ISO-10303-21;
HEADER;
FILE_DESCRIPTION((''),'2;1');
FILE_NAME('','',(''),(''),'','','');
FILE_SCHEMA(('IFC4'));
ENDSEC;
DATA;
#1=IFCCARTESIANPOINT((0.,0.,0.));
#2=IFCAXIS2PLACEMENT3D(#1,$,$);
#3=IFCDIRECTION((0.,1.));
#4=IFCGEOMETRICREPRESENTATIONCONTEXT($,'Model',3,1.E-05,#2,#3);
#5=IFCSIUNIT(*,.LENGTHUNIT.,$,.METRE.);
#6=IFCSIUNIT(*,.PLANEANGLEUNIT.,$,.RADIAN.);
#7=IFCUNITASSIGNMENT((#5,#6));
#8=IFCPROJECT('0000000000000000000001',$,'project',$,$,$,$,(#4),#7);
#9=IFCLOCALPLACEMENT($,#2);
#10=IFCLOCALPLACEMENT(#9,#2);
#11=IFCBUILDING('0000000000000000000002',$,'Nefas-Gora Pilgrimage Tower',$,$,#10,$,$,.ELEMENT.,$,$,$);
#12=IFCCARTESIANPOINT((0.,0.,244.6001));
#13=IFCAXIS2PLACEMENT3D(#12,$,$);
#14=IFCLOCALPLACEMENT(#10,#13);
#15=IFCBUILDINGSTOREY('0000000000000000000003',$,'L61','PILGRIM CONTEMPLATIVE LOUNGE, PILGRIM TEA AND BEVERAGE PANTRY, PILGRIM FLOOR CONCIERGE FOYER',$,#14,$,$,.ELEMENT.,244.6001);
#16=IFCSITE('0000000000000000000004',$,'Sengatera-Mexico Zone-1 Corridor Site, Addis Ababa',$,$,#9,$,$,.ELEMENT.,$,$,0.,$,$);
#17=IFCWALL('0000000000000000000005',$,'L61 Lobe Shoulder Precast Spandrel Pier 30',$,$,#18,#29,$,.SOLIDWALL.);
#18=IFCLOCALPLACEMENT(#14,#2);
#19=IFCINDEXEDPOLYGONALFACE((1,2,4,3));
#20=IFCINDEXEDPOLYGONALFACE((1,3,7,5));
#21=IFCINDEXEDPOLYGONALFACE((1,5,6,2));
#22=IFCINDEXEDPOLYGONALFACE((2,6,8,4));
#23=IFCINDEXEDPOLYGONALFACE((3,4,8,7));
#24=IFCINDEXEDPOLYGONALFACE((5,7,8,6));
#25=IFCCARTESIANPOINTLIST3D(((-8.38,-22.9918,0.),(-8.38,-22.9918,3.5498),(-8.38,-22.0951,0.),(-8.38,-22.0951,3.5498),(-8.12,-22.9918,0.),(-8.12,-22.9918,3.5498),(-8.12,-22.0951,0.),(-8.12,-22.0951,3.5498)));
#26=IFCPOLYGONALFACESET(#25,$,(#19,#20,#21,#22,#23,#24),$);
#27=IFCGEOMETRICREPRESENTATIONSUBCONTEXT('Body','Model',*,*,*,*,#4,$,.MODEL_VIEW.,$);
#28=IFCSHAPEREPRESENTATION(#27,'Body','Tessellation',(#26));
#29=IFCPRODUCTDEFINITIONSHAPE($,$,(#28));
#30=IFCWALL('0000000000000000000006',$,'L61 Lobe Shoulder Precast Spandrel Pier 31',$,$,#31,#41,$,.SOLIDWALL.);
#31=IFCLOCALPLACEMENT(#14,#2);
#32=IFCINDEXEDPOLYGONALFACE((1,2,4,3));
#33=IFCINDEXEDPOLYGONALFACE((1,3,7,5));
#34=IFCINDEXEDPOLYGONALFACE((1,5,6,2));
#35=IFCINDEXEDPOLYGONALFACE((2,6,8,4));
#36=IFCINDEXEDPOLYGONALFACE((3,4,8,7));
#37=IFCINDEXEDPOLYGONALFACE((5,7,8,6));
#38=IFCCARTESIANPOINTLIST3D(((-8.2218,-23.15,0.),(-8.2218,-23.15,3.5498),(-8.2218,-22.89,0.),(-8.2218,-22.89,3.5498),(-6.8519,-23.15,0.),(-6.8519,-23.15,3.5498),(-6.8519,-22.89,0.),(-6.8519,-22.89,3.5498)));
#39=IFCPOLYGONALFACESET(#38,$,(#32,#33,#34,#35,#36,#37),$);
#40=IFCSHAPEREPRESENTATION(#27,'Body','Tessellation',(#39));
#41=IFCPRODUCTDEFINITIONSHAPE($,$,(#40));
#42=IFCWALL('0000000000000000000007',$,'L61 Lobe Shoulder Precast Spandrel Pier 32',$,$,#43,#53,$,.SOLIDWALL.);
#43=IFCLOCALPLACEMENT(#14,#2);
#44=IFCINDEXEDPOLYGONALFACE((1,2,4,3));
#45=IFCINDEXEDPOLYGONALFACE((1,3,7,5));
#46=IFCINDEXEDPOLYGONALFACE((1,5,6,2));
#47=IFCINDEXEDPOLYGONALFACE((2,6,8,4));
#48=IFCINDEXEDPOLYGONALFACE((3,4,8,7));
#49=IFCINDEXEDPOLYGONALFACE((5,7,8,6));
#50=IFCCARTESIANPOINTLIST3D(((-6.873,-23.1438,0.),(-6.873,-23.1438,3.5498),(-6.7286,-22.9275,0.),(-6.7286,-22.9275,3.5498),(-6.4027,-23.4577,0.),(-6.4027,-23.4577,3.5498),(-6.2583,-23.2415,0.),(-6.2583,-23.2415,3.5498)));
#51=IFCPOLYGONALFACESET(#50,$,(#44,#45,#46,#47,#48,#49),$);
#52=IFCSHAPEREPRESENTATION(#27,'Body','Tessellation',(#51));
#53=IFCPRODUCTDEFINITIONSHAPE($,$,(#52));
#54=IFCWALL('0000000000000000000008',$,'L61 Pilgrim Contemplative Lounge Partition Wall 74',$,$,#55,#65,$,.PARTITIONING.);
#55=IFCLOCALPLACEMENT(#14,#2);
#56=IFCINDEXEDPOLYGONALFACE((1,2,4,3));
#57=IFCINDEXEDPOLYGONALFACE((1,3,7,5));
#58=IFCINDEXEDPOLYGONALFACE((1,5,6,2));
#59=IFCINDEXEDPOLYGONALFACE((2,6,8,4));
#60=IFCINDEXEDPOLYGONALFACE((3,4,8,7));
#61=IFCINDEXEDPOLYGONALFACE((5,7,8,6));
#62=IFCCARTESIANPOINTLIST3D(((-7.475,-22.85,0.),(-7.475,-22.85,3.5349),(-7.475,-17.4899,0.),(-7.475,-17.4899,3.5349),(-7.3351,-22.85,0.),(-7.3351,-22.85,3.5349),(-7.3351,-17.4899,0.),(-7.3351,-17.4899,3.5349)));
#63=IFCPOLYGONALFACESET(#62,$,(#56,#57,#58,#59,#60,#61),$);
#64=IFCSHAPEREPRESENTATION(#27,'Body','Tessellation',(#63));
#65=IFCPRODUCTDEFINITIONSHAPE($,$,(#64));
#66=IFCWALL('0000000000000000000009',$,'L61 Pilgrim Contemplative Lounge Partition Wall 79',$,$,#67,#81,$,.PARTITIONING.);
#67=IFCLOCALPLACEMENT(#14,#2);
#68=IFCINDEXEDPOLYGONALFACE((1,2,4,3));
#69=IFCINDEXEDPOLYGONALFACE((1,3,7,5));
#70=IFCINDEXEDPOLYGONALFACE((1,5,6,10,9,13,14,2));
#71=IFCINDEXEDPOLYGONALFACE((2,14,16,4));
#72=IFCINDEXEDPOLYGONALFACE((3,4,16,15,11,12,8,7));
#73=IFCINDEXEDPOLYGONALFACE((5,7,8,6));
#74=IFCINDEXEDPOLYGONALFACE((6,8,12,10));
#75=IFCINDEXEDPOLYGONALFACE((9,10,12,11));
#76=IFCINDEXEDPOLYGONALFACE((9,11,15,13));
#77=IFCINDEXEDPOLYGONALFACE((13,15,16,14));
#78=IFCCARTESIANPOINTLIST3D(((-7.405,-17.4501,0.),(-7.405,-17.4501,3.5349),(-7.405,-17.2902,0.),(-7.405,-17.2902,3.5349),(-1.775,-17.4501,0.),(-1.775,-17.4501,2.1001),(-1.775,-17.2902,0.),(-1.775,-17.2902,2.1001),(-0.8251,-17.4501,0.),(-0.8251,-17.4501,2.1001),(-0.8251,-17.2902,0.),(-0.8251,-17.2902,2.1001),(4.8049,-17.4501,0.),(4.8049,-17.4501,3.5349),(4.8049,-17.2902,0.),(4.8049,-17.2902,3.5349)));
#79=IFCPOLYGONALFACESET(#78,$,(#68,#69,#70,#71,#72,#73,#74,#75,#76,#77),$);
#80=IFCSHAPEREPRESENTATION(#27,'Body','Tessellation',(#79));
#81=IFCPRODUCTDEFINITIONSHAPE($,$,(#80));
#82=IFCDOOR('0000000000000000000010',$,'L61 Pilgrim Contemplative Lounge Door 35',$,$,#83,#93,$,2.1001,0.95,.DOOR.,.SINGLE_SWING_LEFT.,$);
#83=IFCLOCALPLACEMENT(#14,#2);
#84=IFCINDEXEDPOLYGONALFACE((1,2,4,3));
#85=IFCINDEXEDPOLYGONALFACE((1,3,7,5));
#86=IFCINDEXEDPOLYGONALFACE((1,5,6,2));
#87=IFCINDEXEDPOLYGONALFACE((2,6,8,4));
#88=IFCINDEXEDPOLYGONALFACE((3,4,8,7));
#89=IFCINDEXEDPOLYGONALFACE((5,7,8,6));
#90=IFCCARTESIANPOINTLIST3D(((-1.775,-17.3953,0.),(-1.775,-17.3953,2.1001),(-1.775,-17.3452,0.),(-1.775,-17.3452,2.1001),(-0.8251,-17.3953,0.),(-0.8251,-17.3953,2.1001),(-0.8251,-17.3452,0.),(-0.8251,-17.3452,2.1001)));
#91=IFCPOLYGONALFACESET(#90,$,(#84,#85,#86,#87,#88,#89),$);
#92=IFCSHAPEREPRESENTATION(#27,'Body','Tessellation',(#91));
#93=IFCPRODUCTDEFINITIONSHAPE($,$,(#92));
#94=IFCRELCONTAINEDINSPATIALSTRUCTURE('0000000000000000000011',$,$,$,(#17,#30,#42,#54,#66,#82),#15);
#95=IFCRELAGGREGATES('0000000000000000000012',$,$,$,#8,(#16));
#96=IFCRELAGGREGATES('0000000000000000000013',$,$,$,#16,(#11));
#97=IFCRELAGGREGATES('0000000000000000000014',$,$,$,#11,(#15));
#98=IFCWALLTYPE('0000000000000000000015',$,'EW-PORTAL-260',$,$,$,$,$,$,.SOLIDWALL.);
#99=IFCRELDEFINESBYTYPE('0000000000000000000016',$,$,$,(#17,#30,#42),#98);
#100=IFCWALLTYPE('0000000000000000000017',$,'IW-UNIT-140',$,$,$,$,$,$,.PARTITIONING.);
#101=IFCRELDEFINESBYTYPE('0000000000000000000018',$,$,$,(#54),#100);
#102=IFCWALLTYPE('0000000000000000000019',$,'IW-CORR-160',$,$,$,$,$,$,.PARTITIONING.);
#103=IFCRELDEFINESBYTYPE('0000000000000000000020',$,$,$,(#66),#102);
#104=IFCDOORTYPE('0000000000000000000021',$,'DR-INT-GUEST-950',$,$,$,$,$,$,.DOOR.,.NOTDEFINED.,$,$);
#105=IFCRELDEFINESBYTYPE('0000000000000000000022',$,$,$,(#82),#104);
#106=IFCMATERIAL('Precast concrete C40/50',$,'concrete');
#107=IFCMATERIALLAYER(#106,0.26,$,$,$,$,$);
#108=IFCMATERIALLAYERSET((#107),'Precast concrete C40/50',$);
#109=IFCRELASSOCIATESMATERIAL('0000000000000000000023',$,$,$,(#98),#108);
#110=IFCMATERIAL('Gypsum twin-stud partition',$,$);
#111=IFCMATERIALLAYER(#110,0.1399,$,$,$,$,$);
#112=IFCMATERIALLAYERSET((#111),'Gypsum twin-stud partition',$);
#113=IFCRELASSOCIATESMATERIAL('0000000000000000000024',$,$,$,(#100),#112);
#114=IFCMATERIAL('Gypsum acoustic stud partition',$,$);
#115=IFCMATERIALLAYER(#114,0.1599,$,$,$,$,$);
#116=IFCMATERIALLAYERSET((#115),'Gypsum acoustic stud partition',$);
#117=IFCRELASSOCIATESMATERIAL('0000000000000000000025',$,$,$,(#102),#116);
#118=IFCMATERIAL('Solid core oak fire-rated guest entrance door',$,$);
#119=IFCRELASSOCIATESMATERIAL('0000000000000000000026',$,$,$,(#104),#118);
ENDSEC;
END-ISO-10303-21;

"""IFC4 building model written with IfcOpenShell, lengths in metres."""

from ifc_helpers import new_model, si_unit, direction, frame, frame_2d, origin, place, context, subcontext, project, spatial, rectangle, extrude, source, transform, mapped, material, layer, layer_set, type_object, element, fill, save


model = new_model("IFC4")

# Units and contexts
model_context = context("Model", 3, precision=1e-05, world=origin(), true_north=direction((0.0, 1.0)))
body_context = subcontext(model_context, "Body", "Model", "MODEL_VIEW")
ifc_project = project(units=[si_unit("LENGTHUNIT", "METRE"), si_unit("PLANEANGLEUNIT", "RADIAN")], contexts=[model_context])

# Site, building, storey
site_placement = place(None, origin())
site = spatial("IfcSite", under=ifc_project, at=site_placement, Name="Sengatera-Mexico Zone-1 Corridor Site, Addis Ababa", CompositionType="ELEMENT", RefElevation=0.0)
building_placement = place(site_placement, origin())
building = spatial("IfcBuilding", under=site, at=building_placement, Name="Nefas-Gora Pilgrimage Tower", CompositionType="ELEMENT")
storey_placement = place(building_placement, frame((0.0, 0.0, 244.6001)))
storey = spatial("IfcBuildingStorey", under=building, at=storey_placement, Name="L61", Description="PILGRIM CONTEMPLATIVE LOUNGE, PILGRIM TEA AND BEVERAGE PANTRY, PILGRIM FLOOR CONCIERGE FOYER", CompositionType="ELEMENT", Elevation=244.6001)

# Walls
ifc_material_1 = material(Name="Precast concrete C40/50", Category="concrete")
ifc_layer_1 = layer(ifc_material_1, 0.26)
ifc_layer_set_1 = layer_set([ifc_layer_1], Name="Precast concrete C40/50")
wall_type_1 = type_object("IfcWallType", Name="EW-PORTAL-260", PredefinedType="SOLIDWALL", material=ifc_layer_set_1)
shared_shape_1 = source(origin(), body_context, "Body", "SweptSolid", [
    extrude(rectangle(XDim=0.8967, YDim=0.26, at=frame_2d((0.4482, 0.0))), origin(), (0.0, 0.0, 1.0), 3.5498),
])
wall_1_placement = place(storey_placement, frame((-8.25, -22.0952, 0.0), z_axis=(0.0, 0.0, 1.0), x_axis=(0.0, -1.0, 0.0)))
element("IfcWall", 1, at=wall_1_placement, inside=storey, type_object=wall_type_1, Name="L61 Lobe Shoulder Precast Spandrel Pier 30", PredefinedType="SOLIDWALL", context=body_context, shape_type="MappedRepresentation", body=[
    mapped(shared_shape_1, transform((0.0, 0.0, 0.0), x_axis=(1.0, 0.0, 0.0), y_axis=(0.0, 1.0, 0.0), z_axis=(0.0, 0.0, 1.0), scale=1.0)),
])
shared_shape_2 = source(origin(), body_context, "Body", "SweptSolid", [
    extrude(rectangle(XDim=1.3699, YDim=0.26, at=frame_2d((0.6851, 0.0))), origin(), (0.0, 0.0, 1.0), 3.5498),
])
wall_2_placement = place(storey_placement, frame((-8.2219, -23.02, 0.0), z_axis=(0.0, 0.0, 1.0), x_axis=(1.0, 0.0, 0.0)))
element("IfcWall", 2, at=wall_2_placement, inside=storey, type_object=wall_type_1, Name="L61 Lobe Shoulder Precast Spandrel Pier 31", PredefinedType="SOLIDWALL", context=body_context, shape_type="MappedRepresentation", body=[
    mapped(shared_shape_2, transform((0.0, 0.0, 0.0), x_axis=(1.0, 0.0, 0.0), y_axis=(0.0, 1.0, 0.0), z_axis=(0.0, 0.0, 1.0), scale=1.0)),
])
shared_shape_3 = source(origin(), body_context, "Body", "SweptSolid", [
    extrude(rectangle(XDim=0.5654, YDim=0.26, at=frame_2d((0.2827, 0.0))), origin(), (0.0, 0.0, 1.0), 3.5498),
])
wall_3_placement = place(storey_placement, frame((-6.8008, -23.0356, 0.0), z_axis=(0.0, 0.0, 1.0), x_axis=(0.831651, -0.555298, 0.0)))
element("IfcWall", 3, at=wall_3_placement, inside=storey, type_object=wall_type_1, Name="L61 Lobe Shoulder Precast Spandrel Pier 32", PredefinedType="SOLIDWALL", context=body_context, shape_type="MappedRepresentation", body=[
    mapped(shared_shape_3, transform((0.0, 0.0, 0.0), x_axis=(1.0, 0.0, 0.0), y_axis=(0.0, 1.0, 0.0), z_axis=(0.0, 0.0, 1.0), scale=1.0)),
])
ifc_material_2 = material(Name="Gypsum twin-stud partition")
ifc_layer_2 = layer(ifc_material_2, 0.1399)
ifc_layer_set_2 = layer_set([ifc_layer_2], Name="Gypsum twin-stud partition")
wall_type_2 = type_object("IfcWallType", Name="IW-UNIT-140", PredefinedType="PARTITIONING", material=ifc_layer_set_2)
shared_shape_4 = source(origin(), body_context, "Body", "SweptSolid", [
    extrude(rectangle(XDim=5.3601, YDim=0.1399, at=frame_2d((2.6802, 0.0))), origin(), (0.0, 0.0, 1.0), 3.5349),
])
wall_4_placement = place(storey_placement, frame((-7.405, -22.8501, 0.0), z_axis=(0.0, 0.0, 1.0), x_axis=(0.0, 1.0, 0.0)))
element("IfcWall", 4, at=wall_4_placement, inside=storey, type_object=wall_type_2, Name="L61 Pilgrim Contemplative Lounge Partition Wall 74", PredefinedType="PARTITIONING", context=body_context, shape_type="MappedRepresentation", body=[
    mapped(shared_shape_4, transform((0.0, 0.0, 0.0), x_axis=(1.0, 0.0, 0.0), y_axis=(0.0, 1.0, 0.0), z_axis=(0.0, 0.0, 1.0), scale=1.0)),
])

# Wall, opening, door
ifc_material_3 = material(Name="Gypsum acoustic stud partition")
ifc_layer_3 = layer(ifc_material_3, 0.1599)
ifc_layer_set_3 = layer_set([ifc_layer_3], Name="Gypsum acoustic stud partition")
wall_type_3 = type_object("IfcWallType", Name="IW-CORR-160", PredefinedType="PARTITIONING", material=ifc_layer_set_3)
shared_shape_5 = source(origin(), body_context, "Body", "SweptSolid", [
    extrude(rectangle(XDim=12.21, YDim=0.1599, at=frame_2d((6.105, 0.0))), origin(), (0.0, 0.0, 1.0), 3.5349),
])
wall_5_placement = place(storey_placement, frame((-7.405, -17.3701, 0.0), z_axis=(0.0, 0.0, 1.0), x_axis=(1.0, 0.0, 0.0)))
wall_5 = element("IfcWall", 5, at=wall_5_placement, inside=storey, type_object=wall_type_3, Name="L61 Pilgrim Contemplative Lounge Partition Wall 79", PredefinedType="PARTITIONING", context=body_context, shape_type="MappedRepresentation", body=[
    mapped(shared_shape_5, transform((0.0, 0.0, 0.0), x_axis=(1.0, 0.0, 0.0), y_axis=(0.0, 1.0, 0.0), z_axis=(0.0, 0.0, 1.0), scale=1.0)),
])
opening_placement = place(wall_5_placement, frame((5.6299, 0.0, 0.0)))
opening = element("IfcOpeningElement", 6, at=opening_placement, cuts=wall_5, PredefinedType="OPENING", context=body_context, shape_type="SweptSolid", body=[
    extrude(rectangle(XDim=0.95, YDim=2.1001, at=frame_2d((0.4751, 1.05))), frame((0.0, 0.0898, 0.0), z_axis=(0.0, -1.0, 0.0), x_axis=(1.0, 0.0, 0.0)), (0.0, 0.0, 1.0), 0.1799),
])
ifc_material_4 = material(Name="Solid core oak fire-rated guest entrance door")
door_type = type_object("IfcDoorType", Name="DR-INT-GUEST-950", OperationType="NOTDEFINED", PredefinedType="DOOR", material=ifc_material_4)
shared_shape_6 = source(origin(), body_context, "Body", "SweptSolid", [
    extrude(rectangle(XDim=0.95, YDim=2.1001, at=frame_2d((0.4751, 1.05))), frame((0.0, 0.0249, 0.0), z_axis=(0.0, -1.0, 0.0), x_axis=(1.0, 0.0, 0.0)), (0.0, 0.0, 1.0), 0.05),
])
door_placement = place(opening_placement, origin())
door = element("IfcDoor", 7, at=door_placement, inside=storey, type_object=door_type, Name="L61 Pilgrim Contemplative Lounge Door 35", OperationType="SINGLE_SWING_LEFT", OverallHeight=2.1001, OverallWidth=0.95, PredefinedType="DOOR", context=body_context, shape_type="MappedRepresentation", body=[
    mapped(shared_shape_6, transform((0.0, 0.0, 0.0), x_axis=(1.0, 0.0, 0.0), y_axis=(0.0, 1.0, 0.0), z_axis=(0.0, 0.0, 1.0), scale=1.0)),
])
fill(opening, door)

save(model, "model.ifc")
